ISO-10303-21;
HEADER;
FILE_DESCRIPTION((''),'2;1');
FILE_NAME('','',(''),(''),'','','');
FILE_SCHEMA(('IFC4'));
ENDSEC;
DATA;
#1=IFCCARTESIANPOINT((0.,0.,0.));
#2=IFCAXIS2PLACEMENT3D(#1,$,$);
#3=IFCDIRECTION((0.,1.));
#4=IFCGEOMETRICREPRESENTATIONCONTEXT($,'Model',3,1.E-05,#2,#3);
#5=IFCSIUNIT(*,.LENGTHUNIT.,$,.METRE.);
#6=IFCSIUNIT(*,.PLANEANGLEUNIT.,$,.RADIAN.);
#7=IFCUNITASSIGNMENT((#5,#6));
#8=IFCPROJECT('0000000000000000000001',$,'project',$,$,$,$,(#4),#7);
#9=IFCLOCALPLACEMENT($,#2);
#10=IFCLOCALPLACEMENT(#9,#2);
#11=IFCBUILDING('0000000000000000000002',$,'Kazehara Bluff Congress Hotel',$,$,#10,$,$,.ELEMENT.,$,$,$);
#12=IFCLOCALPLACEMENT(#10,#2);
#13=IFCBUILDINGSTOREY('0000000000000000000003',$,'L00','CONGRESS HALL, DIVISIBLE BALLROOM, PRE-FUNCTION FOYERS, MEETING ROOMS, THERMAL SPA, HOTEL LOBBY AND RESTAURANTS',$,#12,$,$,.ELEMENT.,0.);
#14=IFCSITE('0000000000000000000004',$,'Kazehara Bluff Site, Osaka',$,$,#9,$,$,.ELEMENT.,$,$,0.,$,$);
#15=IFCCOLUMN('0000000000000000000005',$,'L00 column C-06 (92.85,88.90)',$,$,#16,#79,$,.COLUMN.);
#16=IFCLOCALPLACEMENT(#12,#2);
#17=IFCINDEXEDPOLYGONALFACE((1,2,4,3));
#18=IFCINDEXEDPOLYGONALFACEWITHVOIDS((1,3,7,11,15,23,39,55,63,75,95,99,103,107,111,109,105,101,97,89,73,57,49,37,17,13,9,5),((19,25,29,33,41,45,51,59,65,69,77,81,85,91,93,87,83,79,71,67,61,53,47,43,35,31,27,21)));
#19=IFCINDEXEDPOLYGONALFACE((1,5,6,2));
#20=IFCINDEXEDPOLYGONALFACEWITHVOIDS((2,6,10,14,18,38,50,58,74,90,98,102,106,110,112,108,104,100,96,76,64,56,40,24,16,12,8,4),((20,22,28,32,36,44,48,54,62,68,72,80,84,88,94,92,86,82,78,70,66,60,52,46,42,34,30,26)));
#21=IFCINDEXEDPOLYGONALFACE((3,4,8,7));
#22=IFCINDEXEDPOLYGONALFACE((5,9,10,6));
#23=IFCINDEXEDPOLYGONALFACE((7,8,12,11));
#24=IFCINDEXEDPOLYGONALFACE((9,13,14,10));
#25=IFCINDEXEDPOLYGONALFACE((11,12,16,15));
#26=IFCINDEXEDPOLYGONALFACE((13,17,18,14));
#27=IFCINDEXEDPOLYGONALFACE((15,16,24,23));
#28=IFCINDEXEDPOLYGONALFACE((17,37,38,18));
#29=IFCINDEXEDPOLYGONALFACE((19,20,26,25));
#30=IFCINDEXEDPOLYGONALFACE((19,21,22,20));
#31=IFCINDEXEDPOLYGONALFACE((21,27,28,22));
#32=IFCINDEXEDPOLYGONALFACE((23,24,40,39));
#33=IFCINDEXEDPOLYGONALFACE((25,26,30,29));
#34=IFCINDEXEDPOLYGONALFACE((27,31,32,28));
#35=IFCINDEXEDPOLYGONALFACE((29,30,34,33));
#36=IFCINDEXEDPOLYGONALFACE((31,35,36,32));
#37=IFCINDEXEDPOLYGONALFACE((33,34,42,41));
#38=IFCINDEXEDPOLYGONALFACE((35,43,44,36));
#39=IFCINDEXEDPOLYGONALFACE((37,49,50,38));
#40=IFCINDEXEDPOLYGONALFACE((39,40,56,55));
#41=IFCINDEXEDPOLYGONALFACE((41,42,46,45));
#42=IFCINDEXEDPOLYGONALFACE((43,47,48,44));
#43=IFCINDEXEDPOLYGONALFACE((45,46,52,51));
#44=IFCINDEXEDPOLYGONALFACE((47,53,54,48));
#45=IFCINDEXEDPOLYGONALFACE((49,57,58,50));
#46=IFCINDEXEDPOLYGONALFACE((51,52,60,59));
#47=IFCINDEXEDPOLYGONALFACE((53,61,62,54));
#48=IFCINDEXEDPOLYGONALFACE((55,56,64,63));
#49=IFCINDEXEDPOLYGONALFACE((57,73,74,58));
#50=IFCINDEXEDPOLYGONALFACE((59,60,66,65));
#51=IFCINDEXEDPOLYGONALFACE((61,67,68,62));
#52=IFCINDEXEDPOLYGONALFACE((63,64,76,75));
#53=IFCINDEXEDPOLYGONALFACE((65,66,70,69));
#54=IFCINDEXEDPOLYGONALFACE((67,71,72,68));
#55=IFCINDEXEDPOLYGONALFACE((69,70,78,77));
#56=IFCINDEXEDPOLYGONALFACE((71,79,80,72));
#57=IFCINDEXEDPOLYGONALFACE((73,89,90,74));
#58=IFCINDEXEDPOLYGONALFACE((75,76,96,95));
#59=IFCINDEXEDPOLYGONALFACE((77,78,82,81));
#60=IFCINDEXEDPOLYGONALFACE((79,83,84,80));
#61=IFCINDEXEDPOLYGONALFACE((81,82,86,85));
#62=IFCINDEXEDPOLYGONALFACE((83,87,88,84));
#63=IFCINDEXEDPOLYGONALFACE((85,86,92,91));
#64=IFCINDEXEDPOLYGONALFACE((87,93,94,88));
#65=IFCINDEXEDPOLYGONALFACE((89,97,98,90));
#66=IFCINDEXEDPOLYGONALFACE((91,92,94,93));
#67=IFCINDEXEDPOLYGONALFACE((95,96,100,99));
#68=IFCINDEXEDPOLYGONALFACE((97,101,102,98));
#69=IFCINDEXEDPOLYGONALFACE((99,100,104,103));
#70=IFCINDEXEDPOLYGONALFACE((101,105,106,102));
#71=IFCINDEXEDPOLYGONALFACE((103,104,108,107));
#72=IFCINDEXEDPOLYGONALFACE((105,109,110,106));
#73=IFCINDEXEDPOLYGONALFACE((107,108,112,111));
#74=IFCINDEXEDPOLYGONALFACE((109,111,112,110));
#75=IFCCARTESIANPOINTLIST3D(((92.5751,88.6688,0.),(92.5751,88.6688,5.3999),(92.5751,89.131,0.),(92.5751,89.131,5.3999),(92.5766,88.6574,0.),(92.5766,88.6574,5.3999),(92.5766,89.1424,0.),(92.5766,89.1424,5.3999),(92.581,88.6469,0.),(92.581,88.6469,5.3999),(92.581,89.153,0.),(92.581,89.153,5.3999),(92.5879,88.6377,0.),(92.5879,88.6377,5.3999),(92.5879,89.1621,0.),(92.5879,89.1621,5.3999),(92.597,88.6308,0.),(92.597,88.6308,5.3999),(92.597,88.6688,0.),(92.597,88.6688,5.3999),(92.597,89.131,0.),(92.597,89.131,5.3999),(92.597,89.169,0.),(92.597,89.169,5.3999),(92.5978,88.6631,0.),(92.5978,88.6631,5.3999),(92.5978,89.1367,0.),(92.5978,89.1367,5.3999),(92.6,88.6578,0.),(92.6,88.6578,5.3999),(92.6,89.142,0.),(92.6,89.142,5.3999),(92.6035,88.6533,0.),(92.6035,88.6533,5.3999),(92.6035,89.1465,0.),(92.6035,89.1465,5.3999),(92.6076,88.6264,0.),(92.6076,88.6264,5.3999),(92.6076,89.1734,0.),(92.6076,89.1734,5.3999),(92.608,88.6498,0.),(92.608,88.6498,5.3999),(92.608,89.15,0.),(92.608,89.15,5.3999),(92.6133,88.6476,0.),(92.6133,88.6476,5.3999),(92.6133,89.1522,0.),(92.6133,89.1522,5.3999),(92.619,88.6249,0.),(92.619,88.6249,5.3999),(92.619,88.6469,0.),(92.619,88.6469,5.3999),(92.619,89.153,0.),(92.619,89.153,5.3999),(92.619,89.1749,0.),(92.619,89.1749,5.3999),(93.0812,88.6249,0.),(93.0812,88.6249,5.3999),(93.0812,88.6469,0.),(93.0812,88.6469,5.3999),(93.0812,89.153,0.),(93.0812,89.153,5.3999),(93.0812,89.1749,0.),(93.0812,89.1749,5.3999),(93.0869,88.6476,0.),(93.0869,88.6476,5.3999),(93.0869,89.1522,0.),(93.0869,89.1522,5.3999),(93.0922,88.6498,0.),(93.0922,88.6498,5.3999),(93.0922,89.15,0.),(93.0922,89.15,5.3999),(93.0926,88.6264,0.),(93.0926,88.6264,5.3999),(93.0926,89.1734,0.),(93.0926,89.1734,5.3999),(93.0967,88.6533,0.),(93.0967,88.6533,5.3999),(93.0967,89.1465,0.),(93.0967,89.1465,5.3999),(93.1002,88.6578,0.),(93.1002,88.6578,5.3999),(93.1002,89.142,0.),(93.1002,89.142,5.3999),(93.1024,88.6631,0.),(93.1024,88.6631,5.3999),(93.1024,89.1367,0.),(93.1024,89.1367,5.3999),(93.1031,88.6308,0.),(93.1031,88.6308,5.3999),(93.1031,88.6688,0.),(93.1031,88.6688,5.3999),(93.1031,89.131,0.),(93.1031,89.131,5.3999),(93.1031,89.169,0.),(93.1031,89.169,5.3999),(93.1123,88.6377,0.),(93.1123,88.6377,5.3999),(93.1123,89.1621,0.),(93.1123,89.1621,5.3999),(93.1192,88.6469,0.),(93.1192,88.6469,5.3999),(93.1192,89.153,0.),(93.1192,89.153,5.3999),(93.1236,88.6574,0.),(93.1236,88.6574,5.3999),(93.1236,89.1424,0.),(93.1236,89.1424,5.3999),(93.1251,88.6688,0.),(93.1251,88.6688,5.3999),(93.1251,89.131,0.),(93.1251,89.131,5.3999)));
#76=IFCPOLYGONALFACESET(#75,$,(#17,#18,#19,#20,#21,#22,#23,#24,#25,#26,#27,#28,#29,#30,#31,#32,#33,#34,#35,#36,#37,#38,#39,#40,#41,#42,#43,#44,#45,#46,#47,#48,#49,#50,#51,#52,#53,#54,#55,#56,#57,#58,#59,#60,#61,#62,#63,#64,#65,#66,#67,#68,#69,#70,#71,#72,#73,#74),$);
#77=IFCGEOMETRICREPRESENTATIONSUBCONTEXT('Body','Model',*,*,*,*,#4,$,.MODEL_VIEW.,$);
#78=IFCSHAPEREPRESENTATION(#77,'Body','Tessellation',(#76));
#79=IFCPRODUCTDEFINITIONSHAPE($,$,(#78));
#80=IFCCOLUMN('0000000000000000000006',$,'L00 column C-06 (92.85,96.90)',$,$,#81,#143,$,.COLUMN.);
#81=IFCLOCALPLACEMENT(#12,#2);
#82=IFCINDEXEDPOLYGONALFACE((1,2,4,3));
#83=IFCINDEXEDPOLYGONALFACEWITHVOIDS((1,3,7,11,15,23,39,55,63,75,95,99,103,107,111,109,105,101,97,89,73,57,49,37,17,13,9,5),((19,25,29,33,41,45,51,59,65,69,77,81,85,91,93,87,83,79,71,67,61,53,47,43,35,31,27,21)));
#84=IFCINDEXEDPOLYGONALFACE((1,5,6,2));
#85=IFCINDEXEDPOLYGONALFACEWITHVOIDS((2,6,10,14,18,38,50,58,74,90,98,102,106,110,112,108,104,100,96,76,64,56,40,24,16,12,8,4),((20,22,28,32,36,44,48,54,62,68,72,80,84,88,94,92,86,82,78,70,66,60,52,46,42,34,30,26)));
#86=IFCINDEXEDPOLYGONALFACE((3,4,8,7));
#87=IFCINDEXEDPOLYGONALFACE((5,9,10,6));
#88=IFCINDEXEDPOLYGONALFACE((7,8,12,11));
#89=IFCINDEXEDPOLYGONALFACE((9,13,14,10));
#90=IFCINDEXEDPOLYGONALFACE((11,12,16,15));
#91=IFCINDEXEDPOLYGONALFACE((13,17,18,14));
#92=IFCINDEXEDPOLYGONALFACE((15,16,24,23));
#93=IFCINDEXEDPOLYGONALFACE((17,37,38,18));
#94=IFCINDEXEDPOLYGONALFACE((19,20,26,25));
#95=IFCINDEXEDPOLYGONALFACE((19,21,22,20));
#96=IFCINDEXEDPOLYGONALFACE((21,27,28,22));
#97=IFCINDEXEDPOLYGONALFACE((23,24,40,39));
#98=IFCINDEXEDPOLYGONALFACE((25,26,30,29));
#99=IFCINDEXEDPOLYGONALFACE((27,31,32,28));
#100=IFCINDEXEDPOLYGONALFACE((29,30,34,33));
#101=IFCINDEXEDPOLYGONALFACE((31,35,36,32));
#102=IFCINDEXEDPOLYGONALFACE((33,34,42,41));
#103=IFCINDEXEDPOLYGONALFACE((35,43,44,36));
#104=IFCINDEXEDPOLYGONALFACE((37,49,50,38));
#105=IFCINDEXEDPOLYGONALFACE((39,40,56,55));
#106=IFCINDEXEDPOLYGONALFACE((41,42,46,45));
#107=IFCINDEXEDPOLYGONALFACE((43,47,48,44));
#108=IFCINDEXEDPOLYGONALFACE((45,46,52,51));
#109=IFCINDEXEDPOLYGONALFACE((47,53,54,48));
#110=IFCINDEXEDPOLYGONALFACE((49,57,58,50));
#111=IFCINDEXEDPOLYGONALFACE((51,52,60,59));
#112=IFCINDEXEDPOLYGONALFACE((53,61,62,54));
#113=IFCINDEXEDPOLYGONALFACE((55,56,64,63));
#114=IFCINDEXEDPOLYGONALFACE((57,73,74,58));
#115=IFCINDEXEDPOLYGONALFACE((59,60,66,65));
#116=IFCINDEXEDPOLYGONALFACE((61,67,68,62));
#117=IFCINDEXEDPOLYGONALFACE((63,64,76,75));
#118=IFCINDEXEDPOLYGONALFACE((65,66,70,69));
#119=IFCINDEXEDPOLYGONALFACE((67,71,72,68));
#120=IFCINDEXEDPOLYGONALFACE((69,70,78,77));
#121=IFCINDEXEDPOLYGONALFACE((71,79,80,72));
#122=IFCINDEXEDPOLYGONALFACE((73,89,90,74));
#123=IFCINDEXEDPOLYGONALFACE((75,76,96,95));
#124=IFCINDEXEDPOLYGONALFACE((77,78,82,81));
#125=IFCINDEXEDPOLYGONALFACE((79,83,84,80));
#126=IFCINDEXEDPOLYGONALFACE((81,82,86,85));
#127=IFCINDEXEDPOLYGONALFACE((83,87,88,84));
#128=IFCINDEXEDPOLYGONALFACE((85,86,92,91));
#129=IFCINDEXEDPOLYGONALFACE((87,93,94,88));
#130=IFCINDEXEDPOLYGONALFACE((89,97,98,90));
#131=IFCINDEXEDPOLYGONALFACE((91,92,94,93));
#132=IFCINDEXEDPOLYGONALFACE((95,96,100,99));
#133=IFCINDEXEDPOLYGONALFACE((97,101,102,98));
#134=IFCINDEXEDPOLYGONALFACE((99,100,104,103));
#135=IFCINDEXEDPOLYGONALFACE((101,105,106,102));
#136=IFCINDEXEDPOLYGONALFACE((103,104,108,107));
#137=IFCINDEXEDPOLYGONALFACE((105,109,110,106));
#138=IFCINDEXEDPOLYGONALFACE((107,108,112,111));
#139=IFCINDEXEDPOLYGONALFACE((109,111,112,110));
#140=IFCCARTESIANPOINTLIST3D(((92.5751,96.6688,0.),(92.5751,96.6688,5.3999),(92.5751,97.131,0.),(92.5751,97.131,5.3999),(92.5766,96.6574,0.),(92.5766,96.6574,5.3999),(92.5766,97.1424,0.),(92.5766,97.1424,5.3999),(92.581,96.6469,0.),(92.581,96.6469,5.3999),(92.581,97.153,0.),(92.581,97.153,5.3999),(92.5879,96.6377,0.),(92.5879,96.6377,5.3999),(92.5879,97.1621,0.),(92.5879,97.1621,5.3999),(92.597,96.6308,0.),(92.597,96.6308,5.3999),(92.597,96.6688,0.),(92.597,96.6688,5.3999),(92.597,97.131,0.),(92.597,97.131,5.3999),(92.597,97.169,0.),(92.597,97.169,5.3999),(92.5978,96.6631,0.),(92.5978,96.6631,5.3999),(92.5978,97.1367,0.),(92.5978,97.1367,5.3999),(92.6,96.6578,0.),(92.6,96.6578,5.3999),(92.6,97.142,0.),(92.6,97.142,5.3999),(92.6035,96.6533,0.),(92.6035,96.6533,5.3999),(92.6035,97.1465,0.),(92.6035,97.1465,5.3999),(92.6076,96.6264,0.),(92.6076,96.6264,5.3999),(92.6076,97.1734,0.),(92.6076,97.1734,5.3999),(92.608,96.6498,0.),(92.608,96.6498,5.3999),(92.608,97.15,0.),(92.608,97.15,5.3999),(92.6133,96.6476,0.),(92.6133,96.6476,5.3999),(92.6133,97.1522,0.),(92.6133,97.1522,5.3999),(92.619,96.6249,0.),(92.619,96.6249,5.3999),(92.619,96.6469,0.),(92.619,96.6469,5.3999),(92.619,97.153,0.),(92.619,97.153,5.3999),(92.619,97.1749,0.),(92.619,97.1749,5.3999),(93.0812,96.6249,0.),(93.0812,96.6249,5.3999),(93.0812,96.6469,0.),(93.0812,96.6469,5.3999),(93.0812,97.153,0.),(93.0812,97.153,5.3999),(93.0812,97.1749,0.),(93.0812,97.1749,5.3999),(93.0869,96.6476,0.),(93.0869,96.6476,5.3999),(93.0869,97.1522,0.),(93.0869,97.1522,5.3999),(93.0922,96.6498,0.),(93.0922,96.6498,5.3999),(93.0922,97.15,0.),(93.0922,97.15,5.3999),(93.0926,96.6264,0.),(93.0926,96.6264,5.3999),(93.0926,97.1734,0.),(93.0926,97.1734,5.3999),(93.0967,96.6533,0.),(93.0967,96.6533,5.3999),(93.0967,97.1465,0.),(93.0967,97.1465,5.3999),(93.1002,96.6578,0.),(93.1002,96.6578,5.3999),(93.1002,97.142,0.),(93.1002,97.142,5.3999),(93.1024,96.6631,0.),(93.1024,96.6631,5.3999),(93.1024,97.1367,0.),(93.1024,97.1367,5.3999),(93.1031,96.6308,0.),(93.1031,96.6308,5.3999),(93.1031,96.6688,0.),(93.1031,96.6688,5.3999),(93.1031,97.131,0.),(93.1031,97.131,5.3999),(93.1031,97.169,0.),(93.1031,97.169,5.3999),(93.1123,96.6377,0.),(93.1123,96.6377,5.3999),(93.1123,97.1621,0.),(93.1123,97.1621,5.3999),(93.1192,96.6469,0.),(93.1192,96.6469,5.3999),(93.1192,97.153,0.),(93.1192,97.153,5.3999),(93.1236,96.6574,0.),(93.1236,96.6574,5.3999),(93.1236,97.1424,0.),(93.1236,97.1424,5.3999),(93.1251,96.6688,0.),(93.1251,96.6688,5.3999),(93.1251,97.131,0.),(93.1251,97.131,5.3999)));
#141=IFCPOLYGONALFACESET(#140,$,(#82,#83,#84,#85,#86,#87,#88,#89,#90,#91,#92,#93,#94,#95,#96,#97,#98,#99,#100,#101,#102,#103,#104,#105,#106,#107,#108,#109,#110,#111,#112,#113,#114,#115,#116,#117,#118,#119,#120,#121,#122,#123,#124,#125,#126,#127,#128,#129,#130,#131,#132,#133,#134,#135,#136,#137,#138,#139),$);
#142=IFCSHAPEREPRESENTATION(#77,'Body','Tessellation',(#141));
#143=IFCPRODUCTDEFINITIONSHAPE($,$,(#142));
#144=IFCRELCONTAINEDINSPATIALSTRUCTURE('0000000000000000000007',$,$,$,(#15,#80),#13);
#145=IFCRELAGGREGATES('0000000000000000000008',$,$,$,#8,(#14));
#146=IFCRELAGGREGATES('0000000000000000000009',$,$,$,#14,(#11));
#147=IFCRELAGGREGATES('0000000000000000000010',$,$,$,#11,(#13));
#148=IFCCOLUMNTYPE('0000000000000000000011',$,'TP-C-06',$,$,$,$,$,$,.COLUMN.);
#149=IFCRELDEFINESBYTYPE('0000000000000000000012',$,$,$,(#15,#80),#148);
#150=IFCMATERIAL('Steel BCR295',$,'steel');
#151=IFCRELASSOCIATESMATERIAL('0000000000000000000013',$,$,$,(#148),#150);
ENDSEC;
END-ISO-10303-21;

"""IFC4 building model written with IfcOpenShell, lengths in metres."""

from ifc_helpers import new_model, si_unit, direction, frame, origin, origin_2d, place, context, subcontext, project, spatial, hollow_rectangle, extrude, material, material_profile, profile_set, type_object, element, save


model = new_model("IFC4")

# Units and contexts
model_context = context("Model", 3, precision=1e-05, world=origin(), true_north=direction((0.0, 1.0)))
body_context = subcontext(model_context, "Body", "Model", "MODEL_VIEW")
ifc_project = project(units=[si_unit("LENGTHUNIT", "METRE"), si_unit("PLANEANGLEUNIT", "RADIAN")], contexts=[model_context])

# Site, building, storey
site_placement = place(None, origin())
site = spatial("IfcSite", under=ifc_project, at=site_placement, Name="Kazehara Bluff Site, Osaka", CompositionType="ELEMENT", RefElevation=0.0)
building_placement = place(site_placement, origin())
building = spatial("IfcBuilding", under=site, at=building_placement, Name="Kazehara Bluff Congress Hotel", CompositionType="ELEMENT")
storey_placement = place(building_placement, origin())
storey = spatial("IfcBuildingStorey", under=building, at=storey_placement, Name="L00", Description="CONGRESS HALL, DIVISIBLE BALLROOM, PRE-FUNCTION FOYERS, MEETING ROOMS, THERMAL SPA, HOTEL LOBBY AND RESTAURANTS", CompositionType="ELEMENT", Elevation=0.0)

# Columns
ifc_material_1 = material(Name="Steel BCR295", Category="steel")
ifc_material_profile_1 = material_profile(ifc_material_1, hollow_rectangle(XDim=0.55, YDim=0.55, WallThickness=0.022, InnerFilletRadius=0.022, OuterFilletRadius=0.0439, at=origin_2d()))
ifc_profile_set_1 = profile_set([ifc_material_profile_1], Name="Steel BCR295")
column_type = type_object("IfcColumnType", Name="TP-C-06", PredefinedType="COLUMN", material=ifc_profile_set_1)
for number, where, z_axis, x_axis, name in (
    (1, (92.8501, 88.8999, 0.0), (0.0, 0.0, 1.0), (1.0, 0.0, 0.0), "L00 column C-06 (92.85,88.90)"),
    (2, (92.8501, 96.8999, 0.0), (0.0, 0.0, 1.0), (1.0, 0.0, 0.0), "L00 column C-06 (92.85,96.90)"),
):
    element("IfcColumn", number, at=place(storey_placement, frame(where, z_axis=z_axis, x_axis=x_axis)), inside=storey, type_object=column_type, Name=name, PredefinedType="COLUMN", context=body_context, shape_type="SweptSolid", body=[
        extrude(hollow_rectangle(XDim=0.55, YDim=0.55, WallThickness=0.022, InnerFilletRadius=0.022, OuterFilletRadius=0.0439, at=origin_2d()), origin(), (0.0, 0.0, 1.0), 5.3999),
    ])

save(model, "model.ifc")
